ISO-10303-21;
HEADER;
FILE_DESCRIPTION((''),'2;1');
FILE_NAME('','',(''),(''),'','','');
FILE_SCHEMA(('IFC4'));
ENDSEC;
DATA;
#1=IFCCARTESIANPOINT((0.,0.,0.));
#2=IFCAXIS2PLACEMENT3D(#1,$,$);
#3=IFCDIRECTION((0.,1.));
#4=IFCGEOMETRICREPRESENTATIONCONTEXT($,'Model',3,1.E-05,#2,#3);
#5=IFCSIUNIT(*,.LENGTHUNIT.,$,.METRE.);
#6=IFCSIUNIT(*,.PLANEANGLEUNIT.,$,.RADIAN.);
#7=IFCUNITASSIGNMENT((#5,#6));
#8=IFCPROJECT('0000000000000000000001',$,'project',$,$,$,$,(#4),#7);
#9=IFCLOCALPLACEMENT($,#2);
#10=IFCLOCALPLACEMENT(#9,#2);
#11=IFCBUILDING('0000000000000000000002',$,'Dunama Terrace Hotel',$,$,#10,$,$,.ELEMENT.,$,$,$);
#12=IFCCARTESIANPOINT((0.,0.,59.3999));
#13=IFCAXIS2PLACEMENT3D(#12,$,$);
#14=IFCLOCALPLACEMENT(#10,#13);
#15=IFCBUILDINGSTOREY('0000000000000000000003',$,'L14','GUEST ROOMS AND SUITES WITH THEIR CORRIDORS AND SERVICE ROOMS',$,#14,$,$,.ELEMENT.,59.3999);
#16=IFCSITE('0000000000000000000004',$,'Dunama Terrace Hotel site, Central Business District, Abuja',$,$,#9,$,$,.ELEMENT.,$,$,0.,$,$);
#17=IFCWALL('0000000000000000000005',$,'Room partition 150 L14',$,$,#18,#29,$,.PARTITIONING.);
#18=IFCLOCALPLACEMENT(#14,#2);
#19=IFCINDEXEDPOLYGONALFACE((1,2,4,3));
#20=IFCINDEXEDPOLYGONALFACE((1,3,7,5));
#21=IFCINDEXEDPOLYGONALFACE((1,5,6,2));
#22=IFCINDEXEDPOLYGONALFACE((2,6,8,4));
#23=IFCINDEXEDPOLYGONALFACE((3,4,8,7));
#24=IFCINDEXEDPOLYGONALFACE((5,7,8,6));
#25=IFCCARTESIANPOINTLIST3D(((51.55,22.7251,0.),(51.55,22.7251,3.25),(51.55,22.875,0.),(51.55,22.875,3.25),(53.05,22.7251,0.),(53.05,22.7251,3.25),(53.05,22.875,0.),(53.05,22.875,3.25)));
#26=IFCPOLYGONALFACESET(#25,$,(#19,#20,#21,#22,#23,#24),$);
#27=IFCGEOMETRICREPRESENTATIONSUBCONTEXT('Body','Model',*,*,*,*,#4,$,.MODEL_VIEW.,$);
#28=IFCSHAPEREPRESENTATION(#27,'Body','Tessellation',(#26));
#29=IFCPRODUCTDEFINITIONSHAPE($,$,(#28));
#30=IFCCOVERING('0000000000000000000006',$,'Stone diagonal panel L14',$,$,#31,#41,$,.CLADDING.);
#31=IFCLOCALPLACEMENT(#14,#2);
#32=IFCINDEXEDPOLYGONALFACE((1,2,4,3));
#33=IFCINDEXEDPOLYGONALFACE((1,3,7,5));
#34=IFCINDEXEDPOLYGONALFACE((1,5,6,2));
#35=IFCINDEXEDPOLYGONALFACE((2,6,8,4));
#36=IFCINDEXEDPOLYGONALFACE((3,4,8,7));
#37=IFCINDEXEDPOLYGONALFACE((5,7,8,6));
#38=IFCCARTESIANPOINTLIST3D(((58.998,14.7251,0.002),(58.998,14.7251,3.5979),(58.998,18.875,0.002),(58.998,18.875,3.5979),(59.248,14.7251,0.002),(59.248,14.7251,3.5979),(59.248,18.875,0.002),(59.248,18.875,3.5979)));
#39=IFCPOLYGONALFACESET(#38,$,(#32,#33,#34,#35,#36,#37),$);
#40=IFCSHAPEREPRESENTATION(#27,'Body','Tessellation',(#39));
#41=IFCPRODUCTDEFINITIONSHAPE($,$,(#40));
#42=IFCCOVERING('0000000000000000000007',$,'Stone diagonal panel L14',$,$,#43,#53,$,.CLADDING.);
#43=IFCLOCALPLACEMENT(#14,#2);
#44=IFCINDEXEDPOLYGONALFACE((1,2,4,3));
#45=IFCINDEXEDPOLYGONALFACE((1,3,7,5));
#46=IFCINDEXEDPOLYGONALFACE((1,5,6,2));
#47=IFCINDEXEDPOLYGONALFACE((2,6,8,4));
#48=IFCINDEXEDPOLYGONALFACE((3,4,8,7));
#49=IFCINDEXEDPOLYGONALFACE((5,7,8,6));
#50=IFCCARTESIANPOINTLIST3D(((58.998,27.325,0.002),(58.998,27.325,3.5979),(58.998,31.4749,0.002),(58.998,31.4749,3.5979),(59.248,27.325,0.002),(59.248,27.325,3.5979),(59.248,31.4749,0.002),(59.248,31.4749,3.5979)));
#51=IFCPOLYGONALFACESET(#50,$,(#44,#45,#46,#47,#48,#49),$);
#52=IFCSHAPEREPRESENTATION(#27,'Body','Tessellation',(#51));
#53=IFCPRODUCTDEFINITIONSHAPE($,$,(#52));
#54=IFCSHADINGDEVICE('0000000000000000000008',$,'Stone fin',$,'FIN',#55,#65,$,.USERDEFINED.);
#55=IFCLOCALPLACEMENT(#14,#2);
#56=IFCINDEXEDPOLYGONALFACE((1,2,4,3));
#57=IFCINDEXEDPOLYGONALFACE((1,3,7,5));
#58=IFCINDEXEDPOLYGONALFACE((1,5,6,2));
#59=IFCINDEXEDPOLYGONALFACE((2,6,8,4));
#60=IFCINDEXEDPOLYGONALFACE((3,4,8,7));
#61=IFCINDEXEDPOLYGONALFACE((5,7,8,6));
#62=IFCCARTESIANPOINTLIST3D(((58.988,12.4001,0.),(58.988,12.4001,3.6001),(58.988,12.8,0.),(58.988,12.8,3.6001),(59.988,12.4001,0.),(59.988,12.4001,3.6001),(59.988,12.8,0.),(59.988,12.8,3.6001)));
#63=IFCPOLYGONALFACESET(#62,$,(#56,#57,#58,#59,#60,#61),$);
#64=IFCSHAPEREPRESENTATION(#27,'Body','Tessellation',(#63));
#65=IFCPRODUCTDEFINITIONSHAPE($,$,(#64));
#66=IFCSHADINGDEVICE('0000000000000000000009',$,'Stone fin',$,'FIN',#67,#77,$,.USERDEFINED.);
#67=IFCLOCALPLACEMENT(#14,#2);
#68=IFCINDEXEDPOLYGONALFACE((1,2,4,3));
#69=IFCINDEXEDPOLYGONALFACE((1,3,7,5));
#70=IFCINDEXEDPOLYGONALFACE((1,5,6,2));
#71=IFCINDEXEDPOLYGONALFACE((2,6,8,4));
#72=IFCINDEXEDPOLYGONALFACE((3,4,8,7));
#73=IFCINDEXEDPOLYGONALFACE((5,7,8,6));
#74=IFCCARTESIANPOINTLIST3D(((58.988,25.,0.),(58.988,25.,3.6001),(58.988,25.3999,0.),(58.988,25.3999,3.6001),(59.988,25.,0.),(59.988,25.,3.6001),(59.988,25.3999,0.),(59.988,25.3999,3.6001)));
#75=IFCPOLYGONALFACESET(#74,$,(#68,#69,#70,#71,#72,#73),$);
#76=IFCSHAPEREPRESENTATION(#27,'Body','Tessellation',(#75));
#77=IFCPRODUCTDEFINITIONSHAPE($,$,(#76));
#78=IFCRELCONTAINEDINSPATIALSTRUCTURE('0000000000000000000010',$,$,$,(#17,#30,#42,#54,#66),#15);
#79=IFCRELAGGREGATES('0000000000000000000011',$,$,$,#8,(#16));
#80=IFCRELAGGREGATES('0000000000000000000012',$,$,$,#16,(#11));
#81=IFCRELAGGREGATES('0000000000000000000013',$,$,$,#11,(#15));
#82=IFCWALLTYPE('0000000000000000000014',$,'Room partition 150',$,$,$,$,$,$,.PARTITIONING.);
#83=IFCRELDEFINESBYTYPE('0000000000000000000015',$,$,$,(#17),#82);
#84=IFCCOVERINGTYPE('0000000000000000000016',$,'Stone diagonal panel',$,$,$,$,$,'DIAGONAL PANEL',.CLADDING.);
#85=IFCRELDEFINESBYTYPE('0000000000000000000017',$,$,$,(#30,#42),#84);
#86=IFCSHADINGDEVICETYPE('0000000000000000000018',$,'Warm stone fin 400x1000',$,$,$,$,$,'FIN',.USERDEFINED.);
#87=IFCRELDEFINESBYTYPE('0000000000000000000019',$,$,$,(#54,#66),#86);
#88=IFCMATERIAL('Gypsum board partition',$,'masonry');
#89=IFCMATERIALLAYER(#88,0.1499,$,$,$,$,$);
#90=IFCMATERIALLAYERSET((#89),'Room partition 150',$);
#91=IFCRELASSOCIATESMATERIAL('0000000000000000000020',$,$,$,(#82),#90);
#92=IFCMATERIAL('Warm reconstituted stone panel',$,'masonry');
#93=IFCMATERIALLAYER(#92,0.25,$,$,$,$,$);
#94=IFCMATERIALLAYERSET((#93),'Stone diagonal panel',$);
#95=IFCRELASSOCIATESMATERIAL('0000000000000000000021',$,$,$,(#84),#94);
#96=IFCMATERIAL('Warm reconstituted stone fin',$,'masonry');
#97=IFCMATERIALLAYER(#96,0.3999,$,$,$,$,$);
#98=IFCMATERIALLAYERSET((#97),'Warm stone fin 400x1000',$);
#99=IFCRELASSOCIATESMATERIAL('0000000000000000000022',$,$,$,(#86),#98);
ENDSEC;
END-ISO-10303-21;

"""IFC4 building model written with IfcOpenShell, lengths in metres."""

from ifc_helpers import new_model, si_unit, direction, frame, frame_2d, origin, origin_2d, place, context, subcontext, project, spatial, rectangle, extrude, material, layer, layer_set, type_object, element, save


model = new_model("IFC4")

# Units and contexts
model_context = context("Model", 3, precision=1e-05, world=origin(), true_north=direction((0.0, 1.0)))
body_context = subcontext(model_context, "Body", "Model", "MODEL_VIEW")
ifc_project = project(units=[si_unit("LENGTHUNIT", "METRE"), si_unit("PLANEANGLEUNIT", "RADIAN")], contexts=[model_context])

# Site, building, storey
site_placement = place(None, origin())
site = spatial("IfcSite", under=ifc_project, at=site_placement, Name="Dunama Terrace Hotel site, Central Business District, Abuja", CompositionType="ELEMENT", RefElevation=0.0)
building_placement = place(site_placement, origin())
building = spatial("IfcBuilding", under=site, at=building_placement, Name="Dunama Terrace Hotel", CompositionType="ELEMENT")
storey_placement = place(building_placement, frame((0.0, 0.0, 59.3999)))
storey = spatial("IfcBuildingStorey", under=building, at=storey_placement, Name="L14", Description="GUEST ROOMS AND SUITES WITH THEIR CORRIDORS AND SERVICE ROOMS", CompositionType="ELEMENT", Elevation=59.3999)

# Shared definitions
ifc_material_1 = material(Name="Gypsum board partition", Category="masonry")
ifc_layer_1 = layer(ifc_material_1, 0.1499)
ifc_layer_set_1 = layer_set([ifc_layer_1], Name="Room partition 150")
wall_type_1 = type_object("IfcWallType", Name="Room partition 150", PredefinedType="PARTITIONING", material=ifc_layer_set_1)

# Wall
wall_1_placement = place(storey_placement, frame((51.55, 22.8, 0.0), z_axis=(0.0, 0.0, 1.0), x_axis=(1.0, 0.0, 0.0)))
element("IfcWall", 1, at=wall_1_placement, inside=storey, type_object=wall_type_1, Name="Room partition 150 L14", PredefinedType="PARTITIONING", context=body_context, shape_type="SweptSolid", body=[
    extrude(rectangle(XDim=1.5, YDim=0.1499, at=frame_2d((0.75, 0.0))), origin(), (0.0, 0.0, 1.0), 3.25),
])

# Coverings
ifc_material_2 = material(Name="Warm reconstituted stone panel", Category="masonry")
ifc_layer_2 = layer(ifc_material_2, 0.25)
ifc_layer_set_2 = layer_set([ifc_layer_2], Name="Stone diagonal panel")
covering_type = type_object("IfcCoveringType", Name="Stone diagonal panel", ElementType="DIAGONAL PANEL", PredefinedType="CLADDING", material=ifc_layer_set_2)
for number, where, z_axis, x_axis, name in (
    (2, (59.123, 16.8, 0.002), (0.0, 0.0, 1.0), (0.0, 1.0, 0.0), "Stone diagonal panel L14"),
    (3, (59.123, 29.3999, 0.002), (0.0, 0.0, 1.0), (0.0, 1.0, 0.0), "Stone diagonal panel L14"),
):
    element("IfcCovering", number, at=place(storey_placement, frame(where, z_axis=z_axis, x_axis=x_axis)), inside=storey, type_object=covering_type, Name=name, PredefinedType="CLADDING", context=body_context, shape_type="SweptSolid", body=[
        extrude(rectangle(XDim=4.1499, YDim=0.25, at=origin_2d()), origin(), (0.0, 0.0, 1.0), 3.5959),
    ])

# Shading devices
ifc_material_3 = material(Name="Warm reconstituted stone fin", Category="masonry")
ifc_layer_3 = layer(ifc_material_3, 0.3999)
ifc_layer_set_3 = layer_set([ifc_layer_3], Name="Warm stone fin 400x1000")
shading_device_type = type_object("IfcShadingDeviceType", Name="Warm stone fin 400x1000", ElementType="FIN", PredefinedType="USERDEFINED", material=ifc_layer_set_3)
for number, where, z_axis, x_axis, name in (
    (4, (59.488, 12.6001, 0.0), (0.0, 0.0, 1.0), (0.0, 1.0, 0.0), "Stone fin"),
    (5, (59.488, 25.2, 0.0), (0.0, 0.0, 1.0), (0.0, 1.0, 0.0), "Stone fin"),
):
    element("IfcShadingDevice", number, at=place(storey_placement, frame(where, z_axis=z_axis, x_axis=x_axis)), inside=storey, type_object=shading_device_type, Name=name, ObjectType="FIN", PredefinedType="USERDEFINED", context=body_context, shape_type="SweptSolid", body=[
        extrude(rectangle(XDim=0.3999, YDim=1.0, at=origin_2d()), origin(), (0.0, 0.0, 1.0), 3.6001),
    ])

save(model, "model.ifc")
